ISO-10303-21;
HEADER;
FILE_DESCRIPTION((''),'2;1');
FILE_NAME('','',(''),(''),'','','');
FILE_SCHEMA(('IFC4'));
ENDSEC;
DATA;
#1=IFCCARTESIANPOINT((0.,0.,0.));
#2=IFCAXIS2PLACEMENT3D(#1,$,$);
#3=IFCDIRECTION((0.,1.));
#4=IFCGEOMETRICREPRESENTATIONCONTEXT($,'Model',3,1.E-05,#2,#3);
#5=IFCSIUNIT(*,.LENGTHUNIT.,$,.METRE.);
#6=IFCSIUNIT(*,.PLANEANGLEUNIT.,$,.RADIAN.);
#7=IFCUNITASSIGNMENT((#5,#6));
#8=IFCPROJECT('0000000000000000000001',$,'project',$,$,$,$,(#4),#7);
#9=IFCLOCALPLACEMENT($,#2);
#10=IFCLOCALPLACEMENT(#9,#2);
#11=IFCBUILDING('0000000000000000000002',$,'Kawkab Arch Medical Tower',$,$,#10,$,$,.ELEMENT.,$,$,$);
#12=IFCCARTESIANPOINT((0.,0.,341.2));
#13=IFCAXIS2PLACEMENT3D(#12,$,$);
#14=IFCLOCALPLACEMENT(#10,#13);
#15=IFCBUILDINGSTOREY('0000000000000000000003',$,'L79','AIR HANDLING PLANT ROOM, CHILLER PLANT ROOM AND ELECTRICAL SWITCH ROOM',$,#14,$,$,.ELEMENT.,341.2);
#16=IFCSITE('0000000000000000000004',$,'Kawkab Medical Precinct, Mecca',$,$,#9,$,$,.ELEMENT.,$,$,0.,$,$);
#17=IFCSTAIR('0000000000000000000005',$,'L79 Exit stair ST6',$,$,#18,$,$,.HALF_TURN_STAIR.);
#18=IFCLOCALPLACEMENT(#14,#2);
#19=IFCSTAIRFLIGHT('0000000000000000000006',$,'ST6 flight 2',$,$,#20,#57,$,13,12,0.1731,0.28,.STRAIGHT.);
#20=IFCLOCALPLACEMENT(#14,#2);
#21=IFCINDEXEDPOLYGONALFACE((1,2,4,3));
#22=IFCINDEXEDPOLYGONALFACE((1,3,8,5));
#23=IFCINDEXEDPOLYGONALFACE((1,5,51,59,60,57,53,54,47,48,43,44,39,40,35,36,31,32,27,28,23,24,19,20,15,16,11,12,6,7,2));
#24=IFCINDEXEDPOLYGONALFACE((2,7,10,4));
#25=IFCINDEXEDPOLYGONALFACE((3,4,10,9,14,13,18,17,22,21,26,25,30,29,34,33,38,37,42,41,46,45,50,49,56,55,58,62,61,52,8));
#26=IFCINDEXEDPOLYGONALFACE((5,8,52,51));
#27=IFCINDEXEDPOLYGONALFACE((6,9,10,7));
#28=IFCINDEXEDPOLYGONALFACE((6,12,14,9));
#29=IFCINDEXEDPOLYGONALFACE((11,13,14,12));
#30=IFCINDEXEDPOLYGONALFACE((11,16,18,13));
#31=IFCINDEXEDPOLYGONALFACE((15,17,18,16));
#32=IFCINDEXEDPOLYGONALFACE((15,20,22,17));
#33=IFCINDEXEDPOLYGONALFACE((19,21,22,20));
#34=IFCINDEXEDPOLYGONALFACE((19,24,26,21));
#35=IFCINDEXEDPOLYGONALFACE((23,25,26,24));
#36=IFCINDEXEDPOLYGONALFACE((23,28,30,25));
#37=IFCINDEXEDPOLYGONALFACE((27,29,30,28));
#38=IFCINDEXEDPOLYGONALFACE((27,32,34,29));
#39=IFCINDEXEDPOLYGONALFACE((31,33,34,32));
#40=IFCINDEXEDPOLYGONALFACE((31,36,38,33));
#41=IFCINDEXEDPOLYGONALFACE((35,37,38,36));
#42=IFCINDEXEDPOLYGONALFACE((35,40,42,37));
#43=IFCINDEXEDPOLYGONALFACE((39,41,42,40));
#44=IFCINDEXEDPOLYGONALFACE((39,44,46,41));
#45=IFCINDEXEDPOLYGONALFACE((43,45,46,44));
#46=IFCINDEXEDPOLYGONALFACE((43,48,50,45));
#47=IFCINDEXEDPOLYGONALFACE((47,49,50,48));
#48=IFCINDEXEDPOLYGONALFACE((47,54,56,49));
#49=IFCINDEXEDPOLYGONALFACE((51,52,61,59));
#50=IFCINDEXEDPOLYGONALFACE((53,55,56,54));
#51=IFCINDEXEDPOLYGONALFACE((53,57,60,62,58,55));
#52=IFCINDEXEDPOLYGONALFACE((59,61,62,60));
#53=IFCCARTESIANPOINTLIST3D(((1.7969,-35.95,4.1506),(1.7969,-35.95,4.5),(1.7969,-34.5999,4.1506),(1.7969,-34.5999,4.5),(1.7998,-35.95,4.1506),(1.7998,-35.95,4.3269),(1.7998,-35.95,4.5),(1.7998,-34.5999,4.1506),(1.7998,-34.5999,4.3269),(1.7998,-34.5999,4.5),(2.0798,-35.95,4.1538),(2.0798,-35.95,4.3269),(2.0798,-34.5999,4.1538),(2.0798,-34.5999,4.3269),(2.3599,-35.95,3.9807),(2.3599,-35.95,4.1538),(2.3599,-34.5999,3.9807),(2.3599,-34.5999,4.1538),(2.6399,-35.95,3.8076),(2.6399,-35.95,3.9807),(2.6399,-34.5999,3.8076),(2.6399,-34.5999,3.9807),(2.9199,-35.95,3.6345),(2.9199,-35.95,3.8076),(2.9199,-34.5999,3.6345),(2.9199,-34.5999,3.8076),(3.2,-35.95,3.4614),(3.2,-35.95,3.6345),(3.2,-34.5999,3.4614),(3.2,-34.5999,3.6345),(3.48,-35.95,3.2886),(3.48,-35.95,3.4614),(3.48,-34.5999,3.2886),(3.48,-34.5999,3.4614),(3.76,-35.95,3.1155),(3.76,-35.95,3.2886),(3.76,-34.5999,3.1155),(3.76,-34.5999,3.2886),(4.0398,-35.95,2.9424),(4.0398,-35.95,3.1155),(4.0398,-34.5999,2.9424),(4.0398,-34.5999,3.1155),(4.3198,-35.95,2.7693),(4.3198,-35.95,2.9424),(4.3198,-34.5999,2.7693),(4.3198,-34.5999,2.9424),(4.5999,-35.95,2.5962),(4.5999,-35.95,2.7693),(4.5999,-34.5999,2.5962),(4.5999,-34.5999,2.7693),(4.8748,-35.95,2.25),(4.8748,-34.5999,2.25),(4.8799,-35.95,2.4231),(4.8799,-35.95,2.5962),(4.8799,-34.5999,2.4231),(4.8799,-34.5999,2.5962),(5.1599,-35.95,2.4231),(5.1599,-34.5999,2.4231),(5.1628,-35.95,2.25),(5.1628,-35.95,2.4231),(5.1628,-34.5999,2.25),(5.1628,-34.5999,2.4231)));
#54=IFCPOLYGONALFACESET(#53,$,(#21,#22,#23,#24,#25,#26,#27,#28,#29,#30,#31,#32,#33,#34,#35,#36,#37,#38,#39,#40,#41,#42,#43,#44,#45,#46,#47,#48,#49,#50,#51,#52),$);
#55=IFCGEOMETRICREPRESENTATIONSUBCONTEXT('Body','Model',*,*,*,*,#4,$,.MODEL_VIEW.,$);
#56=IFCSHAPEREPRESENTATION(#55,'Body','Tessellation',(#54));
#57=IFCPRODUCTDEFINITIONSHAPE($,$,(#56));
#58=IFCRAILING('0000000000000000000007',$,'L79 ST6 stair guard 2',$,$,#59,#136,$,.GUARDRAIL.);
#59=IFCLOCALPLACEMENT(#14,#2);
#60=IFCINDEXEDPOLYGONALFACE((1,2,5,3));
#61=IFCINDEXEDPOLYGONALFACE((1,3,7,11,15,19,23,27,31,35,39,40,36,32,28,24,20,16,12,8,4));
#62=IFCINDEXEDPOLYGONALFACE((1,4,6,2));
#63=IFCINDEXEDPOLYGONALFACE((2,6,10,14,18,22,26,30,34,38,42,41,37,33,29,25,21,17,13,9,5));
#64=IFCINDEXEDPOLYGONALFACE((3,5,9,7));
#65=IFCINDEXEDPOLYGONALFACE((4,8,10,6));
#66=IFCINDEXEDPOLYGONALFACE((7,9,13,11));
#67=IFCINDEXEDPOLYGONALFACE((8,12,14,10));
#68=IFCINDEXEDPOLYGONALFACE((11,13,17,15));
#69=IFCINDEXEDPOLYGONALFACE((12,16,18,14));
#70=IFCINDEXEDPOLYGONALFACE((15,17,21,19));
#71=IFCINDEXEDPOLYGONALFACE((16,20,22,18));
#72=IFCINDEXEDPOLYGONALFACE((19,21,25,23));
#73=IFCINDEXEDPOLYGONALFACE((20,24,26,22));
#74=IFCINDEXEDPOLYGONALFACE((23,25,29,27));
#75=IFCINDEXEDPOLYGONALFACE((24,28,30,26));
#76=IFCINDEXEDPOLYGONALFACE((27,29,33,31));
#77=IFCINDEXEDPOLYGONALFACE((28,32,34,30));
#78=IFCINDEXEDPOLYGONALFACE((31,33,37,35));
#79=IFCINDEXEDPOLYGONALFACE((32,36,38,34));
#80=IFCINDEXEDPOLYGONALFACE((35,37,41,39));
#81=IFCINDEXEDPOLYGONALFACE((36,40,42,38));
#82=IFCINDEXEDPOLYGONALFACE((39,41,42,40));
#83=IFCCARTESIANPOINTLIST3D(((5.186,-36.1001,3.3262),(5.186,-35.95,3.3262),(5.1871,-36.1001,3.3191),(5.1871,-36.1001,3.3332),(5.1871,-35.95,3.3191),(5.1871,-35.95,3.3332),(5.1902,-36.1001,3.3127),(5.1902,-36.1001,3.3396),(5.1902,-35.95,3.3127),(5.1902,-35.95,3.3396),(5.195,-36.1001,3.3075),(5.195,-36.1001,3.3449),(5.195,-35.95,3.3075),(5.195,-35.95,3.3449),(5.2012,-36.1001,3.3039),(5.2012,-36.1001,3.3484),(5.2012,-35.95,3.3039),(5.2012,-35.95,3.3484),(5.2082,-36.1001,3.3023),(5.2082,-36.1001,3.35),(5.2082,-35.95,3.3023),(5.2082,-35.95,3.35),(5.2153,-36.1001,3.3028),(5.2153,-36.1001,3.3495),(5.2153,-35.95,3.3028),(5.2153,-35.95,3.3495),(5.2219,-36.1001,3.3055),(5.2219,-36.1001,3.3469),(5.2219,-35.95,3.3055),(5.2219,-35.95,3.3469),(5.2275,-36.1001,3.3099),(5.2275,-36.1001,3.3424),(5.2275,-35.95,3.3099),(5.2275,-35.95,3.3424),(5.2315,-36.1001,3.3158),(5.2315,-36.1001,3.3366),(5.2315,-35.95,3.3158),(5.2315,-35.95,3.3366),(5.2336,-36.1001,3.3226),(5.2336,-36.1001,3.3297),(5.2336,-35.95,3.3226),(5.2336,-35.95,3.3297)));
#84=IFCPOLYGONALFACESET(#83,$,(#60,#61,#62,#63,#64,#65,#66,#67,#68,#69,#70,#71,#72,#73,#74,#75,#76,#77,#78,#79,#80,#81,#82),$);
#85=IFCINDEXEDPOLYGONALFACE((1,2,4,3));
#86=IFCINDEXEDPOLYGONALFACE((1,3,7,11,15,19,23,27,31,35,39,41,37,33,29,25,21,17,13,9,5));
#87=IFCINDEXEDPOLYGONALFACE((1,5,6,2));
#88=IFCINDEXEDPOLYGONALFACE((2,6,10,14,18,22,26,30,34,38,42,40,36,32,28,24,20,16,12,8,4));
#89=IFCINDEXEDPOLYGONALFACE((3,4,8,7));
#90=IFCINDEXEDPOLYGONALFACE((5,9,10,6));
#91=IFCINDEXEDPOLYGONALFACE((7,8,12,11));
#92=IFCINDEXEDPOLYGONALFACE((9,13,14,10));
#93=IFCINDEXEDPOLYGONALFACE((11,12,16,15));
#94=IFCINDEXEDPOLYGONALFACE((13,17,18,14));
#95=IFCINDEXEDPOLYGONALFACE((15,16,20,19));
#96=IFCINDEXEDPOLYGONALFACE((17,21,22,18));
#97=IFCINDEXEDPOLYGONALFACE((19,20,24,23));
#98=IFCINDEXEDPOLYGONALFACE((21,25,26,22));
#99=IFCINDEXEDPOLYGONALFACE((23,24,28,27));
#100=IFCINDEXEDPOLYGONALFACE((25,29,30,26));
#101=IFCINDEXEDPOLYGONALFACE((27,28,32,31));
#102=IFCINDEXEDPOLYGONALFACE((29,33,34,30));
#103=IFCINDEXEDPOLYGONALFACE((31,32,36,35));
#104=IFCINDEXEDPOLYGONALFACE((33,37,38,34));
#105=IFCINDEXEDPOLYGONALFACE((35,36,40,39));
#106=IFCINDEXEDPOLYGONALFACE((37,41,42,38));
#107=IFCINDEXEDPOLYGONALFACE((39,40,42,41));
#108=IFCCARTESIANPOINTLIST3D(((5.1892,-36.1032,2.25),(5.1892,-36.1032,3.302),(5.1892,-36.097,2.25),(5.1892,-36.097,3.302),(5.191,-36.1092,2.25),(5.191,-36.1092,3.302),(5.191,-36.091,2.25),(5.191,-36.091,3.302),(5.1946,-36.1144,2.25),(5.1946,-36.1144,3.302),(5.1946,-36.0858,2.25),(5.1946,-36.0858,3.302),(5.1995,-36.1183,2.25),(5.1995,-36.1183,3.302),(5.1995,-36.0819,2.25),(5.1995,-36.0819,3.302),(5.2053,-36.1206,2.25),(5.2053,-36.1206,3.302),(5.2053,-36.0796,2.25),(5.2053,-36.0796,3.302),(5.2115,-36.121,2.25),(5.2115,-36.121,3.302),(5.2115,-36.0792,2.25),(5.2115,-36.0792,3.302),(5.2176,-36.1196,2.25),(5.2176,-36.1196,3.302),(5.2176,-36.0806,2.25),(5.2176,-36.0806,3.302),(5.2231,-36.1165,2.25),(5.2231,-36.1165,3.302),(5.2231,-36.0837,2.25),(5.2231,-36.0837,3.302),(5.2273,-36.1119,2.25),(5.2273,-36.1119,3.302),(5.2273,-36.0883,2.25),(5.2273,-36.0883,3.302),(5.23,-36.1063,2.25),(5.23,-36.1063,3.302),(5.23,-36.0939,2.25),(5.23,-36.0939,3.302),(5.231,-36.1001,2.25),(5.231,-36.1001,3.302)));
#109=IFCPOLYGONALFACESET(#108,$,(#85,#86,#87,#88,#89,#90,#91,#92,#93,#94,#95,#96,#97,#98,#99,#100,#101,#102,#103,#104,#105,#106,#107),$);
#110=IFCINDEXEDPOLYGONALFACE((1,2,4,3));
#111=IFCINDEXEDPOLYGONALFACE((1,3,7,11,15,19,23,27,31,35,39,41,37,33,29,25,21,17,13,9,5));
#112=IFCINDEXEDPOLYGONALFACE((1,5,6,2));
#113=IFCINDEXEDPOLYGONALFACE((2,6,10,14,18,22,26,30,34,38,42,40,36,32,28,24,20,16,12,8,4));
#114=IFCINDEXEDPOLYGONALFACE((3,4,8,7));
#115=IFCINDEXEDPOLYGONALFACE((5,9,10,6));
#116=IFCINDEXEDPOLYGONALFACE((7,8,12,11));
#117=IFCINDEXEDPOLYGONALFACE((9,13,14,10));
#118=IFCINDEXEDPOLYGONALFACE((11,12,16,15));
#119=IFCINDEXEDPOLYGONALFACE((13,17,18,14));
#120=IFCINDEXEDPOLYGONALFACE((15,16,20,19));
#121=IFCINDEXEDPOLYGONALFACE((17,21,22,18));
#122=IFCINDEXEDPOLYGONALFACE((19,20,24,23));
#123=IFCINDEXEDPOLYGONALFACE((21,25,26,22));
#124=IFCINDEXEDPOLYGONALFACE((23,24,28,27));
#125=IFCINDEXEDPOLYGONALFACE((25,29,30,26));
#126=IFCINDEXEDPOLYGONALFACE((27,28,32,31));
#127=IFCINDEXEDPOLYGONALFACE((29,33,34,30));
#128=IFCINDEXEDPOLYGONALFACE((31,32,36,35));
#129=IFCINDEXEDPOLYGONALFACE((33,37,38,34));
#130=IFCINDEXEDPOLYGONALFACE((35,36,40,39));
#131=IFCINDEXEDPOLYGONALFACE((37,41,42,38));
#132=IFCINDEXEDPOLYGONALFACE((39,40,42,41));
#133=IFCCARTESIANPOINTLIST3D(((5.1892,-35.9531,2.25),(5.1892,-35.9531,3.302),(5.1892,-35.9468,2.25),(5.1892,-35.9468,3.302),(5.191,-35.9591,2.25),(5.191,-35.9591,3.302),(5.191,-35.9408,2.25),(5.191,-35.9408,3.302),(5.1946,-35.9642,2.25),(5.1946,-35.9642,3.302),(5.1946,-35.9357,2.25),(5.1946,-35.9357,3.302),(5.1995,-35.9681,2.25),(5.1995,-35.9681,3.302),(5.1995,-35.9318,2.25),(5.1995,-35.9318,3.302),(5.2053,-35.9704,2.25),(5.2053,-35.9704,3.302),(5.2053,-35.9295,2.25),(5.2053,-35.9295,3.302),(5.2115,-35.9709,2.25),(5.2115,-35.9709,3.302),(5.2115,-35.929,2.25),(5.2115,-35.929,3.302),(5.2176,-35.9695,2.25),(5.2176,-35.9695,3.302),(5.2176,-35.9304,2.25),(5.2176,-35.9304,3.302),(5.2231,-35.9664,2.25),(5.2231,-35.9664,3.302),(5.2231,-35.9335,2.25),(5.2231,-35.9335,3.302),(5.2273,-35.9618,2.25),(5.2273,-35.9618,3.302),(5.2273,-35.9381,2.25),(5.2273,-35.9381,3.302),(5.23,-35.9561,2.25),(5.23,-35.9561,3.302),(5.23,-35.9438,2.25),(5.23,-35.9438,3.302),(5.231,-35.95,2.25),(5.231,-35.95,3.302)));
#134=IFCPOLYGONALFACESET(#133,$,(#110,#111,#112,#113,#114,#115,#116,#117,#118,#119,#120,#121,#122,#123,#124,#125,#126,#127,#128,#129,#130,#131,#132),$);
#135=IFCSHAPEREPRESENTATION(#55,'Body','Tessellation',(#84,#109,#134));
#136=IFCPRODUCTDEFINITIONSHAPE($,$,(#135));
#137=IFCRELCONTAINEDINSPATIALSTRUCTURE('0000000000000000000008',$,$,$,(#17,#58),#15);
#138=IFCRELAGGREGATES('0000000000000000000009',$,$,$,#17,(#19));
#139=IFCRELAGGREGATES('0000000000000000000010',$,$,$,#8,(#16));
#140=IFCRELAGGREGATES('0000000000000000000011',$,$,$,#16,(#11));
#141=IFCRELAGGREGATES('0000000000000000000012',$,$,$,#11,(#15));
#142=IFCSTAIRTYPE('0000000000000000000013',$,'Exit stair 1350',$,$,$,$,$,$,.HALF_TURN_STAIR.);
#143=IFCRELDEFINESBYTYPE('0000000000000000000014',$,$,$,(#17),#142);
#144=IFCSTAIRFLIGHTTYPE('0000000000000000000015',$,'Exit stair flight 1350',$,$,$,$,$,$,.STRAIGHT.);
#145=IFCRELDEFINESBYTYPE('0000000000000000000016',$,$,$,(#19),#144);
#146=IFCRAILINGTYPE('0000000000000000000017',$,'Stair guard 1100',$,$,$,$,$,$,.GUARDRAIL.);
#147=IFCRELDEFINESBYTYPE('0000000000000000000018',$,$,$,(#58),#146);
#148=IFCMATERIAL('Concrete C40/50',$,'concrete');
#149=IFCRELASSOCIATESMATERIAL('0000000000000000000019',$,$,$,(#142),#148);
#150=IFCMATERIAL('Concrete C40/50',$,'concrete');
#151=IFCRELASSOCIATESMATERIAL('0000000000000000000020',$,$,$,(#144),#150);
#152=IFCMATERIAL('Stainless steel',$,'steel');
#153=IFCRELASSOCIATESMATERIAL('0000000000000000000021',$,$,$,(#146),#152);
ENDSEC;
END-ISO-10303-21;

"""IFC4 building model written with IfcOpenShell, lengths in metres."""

from ifc_helpers import new_model, si_unit, direction, frame, origin, origin_2d, place, context, subcontext, project, spatial, polyline, circle, outline, extrude, material, type_object, element, aggregate, save


model = new_model("IFC4")

# Units and contexts
model_context = context("Model", 3, precision=1e-05, world=origin(), true_north=direction((0.0, 1.0)))
body_context = subcontext(model_context, "Body", "Model", "MODEL_VIEW")
ifc_project = project(units=[si_unit("LENGTHUNIT", "METRE"), si_unit("PLANEANGLEUNIT", "RADIAN")], contexts=[model_context])

# Site, building, storey
site_placement = place(None, origin())
site = spatial("IfcSite", under=ifc_project, at=site_placement, Name="Kawkab Medical Precinct, Mecca", CompositionType="ELEMENT", RefElevation=0.0)
building_placement = place(site_placement, origin())
building = spatial("IfcBuilding", under=site, at=building_placement, Name="Kawkab Arch Medical Tower", CompositionType="ELEMENT")
storey_placement = place(building_placement, frame((0.0, 0.0, 341.2)))
storey = spatial("IfcBuildingStorey", under=building, at=storey_placement, Name="L79", Description="AIR HANDLING PLANT ROOM, CHILLER PLANT ROOM AND ELECTRICAL SWITCH ROOM", CompositionType="ELEMENT", Elevation=341.2)

# Shared definitions
placement = place(storey_placement, origin())

# Stair, stair flight
ifc_material_1 = material(Name="Concrete C40/50", Category="concrete")
stair_type = type_object("IfcStairType", Name="Exit stair 1350", PredefinedType="HALF_TURN_STAIR", material=ifc_material_1)
stair = element("IfcStair", 1, at=placement, inside=storey, type_object=stair_type, Name="L79 Exit stair ST6", PredefinedType="HALF_TURN_STAIR")
ifc_material_2 = material(Name="Concrete C40/50", Category="concrete")
stair_flight_type = type_object("IfcStairFlightType", Name="Exit stair flight 1350", PredefinedType="STRAIGHT", material=ifc_material_2)
stair_flight_placement = place(storey_placement, frame((5.1599, -35.2749, 2.25), z_axis=(0.0, 0.0, 1.0), x_axis=(-1.0, 0.0, 0.0)))
stair_flight = element("IfcStairFlight", 2, at=stair_flight_placement, type_object=stair_flight_type, Name="ST6 flight 2", NumberOfRisers=13, NumberOfTreads=12, PredefinedType="STRAIGHT", RiserHeight=0.1731, TreadLength=0.28, context=body_context, shape_type="SweptSolid", body=[
    extrude(outline(polyline([(-0.0029, 0.0), (-0.0029, 0.1731), (0.0, 0.1731), (0.28, 0.1731), (0.28, 0.3462), (0.5601, 0.3462), (0.5601, 0.5193), (0.8401, 0.5193), (0.8401, 0.6924), (1.1201, 0.6924), (1.1201, 0.8655), (1.3999, 0.8655), (1.3999, 1.0386), (1.6799, 1.0386), (1.6799, 1.2114), (1.96, 1.2114), (1.96, 1.3845), (2.24, 1.3845), (2.24, 1.5576), (2.52, 1.5576), (2.52, 1.7307), (2.8, 1.7307), (2.8, 1.9038), (3.0801, 1.9038), (3.0801, 2.0769), (3.3601, 2.0769), (3.3601, 2.25), (3.363, 2.25), (3.363, 1.9006), (3.3601, 1.9006), (0.2852, 0.0), (-0.0029, 0.0)])), frame((0.0, 0.675, 0.0), z_axis=(0.0, -1.0, 0.0), x_axis=(1.0, 0.0, 0.0)), (0.0, 0.0, 1.0), 1.3501),
])
aggregate(stair, [stair_flight])

# Railing
ifc_material_3 = material(Name="Stainless steel", Category="steel")
railing_type = type_object("IfcRailingType", Name="Stair guard 1100", PredefinedType="GUARDRAIL", material=ifc_material_3)
railing_1_placement = place(storey_placement, frame((5.21, -36.1001, 2.25)))
element("IfcRailing", 3, at=railing_1_placement, inside=storey, type_object=railing_type, Name="L79 ST6 stair guard 2", PredefinedType="GUARDRAIL", context=body_context, shape_type="SweptSolid", body=[
    extrude(circle(Radius=0.0239, at=origin_2d()), frame((0.0, 0.0, 1.0762), z_axis=(0.0, 1.0, 0.0), x_axis=(-1.0, 0.0, 0.0)), (0.0, 0.0, 1.0), 0.1501),
    extrude(circle(Radius=0.021, at=origin_2d()), origin(), (0.0, 0.0, 1.0), 1.052),
    extrude(circle(Radius=0.021, at=origin_2d()), frame((0.0, 0.1501, 0.0)), (0.0, 0.0, 1.0), 1.052),
])

save(model, "model.ifc")
